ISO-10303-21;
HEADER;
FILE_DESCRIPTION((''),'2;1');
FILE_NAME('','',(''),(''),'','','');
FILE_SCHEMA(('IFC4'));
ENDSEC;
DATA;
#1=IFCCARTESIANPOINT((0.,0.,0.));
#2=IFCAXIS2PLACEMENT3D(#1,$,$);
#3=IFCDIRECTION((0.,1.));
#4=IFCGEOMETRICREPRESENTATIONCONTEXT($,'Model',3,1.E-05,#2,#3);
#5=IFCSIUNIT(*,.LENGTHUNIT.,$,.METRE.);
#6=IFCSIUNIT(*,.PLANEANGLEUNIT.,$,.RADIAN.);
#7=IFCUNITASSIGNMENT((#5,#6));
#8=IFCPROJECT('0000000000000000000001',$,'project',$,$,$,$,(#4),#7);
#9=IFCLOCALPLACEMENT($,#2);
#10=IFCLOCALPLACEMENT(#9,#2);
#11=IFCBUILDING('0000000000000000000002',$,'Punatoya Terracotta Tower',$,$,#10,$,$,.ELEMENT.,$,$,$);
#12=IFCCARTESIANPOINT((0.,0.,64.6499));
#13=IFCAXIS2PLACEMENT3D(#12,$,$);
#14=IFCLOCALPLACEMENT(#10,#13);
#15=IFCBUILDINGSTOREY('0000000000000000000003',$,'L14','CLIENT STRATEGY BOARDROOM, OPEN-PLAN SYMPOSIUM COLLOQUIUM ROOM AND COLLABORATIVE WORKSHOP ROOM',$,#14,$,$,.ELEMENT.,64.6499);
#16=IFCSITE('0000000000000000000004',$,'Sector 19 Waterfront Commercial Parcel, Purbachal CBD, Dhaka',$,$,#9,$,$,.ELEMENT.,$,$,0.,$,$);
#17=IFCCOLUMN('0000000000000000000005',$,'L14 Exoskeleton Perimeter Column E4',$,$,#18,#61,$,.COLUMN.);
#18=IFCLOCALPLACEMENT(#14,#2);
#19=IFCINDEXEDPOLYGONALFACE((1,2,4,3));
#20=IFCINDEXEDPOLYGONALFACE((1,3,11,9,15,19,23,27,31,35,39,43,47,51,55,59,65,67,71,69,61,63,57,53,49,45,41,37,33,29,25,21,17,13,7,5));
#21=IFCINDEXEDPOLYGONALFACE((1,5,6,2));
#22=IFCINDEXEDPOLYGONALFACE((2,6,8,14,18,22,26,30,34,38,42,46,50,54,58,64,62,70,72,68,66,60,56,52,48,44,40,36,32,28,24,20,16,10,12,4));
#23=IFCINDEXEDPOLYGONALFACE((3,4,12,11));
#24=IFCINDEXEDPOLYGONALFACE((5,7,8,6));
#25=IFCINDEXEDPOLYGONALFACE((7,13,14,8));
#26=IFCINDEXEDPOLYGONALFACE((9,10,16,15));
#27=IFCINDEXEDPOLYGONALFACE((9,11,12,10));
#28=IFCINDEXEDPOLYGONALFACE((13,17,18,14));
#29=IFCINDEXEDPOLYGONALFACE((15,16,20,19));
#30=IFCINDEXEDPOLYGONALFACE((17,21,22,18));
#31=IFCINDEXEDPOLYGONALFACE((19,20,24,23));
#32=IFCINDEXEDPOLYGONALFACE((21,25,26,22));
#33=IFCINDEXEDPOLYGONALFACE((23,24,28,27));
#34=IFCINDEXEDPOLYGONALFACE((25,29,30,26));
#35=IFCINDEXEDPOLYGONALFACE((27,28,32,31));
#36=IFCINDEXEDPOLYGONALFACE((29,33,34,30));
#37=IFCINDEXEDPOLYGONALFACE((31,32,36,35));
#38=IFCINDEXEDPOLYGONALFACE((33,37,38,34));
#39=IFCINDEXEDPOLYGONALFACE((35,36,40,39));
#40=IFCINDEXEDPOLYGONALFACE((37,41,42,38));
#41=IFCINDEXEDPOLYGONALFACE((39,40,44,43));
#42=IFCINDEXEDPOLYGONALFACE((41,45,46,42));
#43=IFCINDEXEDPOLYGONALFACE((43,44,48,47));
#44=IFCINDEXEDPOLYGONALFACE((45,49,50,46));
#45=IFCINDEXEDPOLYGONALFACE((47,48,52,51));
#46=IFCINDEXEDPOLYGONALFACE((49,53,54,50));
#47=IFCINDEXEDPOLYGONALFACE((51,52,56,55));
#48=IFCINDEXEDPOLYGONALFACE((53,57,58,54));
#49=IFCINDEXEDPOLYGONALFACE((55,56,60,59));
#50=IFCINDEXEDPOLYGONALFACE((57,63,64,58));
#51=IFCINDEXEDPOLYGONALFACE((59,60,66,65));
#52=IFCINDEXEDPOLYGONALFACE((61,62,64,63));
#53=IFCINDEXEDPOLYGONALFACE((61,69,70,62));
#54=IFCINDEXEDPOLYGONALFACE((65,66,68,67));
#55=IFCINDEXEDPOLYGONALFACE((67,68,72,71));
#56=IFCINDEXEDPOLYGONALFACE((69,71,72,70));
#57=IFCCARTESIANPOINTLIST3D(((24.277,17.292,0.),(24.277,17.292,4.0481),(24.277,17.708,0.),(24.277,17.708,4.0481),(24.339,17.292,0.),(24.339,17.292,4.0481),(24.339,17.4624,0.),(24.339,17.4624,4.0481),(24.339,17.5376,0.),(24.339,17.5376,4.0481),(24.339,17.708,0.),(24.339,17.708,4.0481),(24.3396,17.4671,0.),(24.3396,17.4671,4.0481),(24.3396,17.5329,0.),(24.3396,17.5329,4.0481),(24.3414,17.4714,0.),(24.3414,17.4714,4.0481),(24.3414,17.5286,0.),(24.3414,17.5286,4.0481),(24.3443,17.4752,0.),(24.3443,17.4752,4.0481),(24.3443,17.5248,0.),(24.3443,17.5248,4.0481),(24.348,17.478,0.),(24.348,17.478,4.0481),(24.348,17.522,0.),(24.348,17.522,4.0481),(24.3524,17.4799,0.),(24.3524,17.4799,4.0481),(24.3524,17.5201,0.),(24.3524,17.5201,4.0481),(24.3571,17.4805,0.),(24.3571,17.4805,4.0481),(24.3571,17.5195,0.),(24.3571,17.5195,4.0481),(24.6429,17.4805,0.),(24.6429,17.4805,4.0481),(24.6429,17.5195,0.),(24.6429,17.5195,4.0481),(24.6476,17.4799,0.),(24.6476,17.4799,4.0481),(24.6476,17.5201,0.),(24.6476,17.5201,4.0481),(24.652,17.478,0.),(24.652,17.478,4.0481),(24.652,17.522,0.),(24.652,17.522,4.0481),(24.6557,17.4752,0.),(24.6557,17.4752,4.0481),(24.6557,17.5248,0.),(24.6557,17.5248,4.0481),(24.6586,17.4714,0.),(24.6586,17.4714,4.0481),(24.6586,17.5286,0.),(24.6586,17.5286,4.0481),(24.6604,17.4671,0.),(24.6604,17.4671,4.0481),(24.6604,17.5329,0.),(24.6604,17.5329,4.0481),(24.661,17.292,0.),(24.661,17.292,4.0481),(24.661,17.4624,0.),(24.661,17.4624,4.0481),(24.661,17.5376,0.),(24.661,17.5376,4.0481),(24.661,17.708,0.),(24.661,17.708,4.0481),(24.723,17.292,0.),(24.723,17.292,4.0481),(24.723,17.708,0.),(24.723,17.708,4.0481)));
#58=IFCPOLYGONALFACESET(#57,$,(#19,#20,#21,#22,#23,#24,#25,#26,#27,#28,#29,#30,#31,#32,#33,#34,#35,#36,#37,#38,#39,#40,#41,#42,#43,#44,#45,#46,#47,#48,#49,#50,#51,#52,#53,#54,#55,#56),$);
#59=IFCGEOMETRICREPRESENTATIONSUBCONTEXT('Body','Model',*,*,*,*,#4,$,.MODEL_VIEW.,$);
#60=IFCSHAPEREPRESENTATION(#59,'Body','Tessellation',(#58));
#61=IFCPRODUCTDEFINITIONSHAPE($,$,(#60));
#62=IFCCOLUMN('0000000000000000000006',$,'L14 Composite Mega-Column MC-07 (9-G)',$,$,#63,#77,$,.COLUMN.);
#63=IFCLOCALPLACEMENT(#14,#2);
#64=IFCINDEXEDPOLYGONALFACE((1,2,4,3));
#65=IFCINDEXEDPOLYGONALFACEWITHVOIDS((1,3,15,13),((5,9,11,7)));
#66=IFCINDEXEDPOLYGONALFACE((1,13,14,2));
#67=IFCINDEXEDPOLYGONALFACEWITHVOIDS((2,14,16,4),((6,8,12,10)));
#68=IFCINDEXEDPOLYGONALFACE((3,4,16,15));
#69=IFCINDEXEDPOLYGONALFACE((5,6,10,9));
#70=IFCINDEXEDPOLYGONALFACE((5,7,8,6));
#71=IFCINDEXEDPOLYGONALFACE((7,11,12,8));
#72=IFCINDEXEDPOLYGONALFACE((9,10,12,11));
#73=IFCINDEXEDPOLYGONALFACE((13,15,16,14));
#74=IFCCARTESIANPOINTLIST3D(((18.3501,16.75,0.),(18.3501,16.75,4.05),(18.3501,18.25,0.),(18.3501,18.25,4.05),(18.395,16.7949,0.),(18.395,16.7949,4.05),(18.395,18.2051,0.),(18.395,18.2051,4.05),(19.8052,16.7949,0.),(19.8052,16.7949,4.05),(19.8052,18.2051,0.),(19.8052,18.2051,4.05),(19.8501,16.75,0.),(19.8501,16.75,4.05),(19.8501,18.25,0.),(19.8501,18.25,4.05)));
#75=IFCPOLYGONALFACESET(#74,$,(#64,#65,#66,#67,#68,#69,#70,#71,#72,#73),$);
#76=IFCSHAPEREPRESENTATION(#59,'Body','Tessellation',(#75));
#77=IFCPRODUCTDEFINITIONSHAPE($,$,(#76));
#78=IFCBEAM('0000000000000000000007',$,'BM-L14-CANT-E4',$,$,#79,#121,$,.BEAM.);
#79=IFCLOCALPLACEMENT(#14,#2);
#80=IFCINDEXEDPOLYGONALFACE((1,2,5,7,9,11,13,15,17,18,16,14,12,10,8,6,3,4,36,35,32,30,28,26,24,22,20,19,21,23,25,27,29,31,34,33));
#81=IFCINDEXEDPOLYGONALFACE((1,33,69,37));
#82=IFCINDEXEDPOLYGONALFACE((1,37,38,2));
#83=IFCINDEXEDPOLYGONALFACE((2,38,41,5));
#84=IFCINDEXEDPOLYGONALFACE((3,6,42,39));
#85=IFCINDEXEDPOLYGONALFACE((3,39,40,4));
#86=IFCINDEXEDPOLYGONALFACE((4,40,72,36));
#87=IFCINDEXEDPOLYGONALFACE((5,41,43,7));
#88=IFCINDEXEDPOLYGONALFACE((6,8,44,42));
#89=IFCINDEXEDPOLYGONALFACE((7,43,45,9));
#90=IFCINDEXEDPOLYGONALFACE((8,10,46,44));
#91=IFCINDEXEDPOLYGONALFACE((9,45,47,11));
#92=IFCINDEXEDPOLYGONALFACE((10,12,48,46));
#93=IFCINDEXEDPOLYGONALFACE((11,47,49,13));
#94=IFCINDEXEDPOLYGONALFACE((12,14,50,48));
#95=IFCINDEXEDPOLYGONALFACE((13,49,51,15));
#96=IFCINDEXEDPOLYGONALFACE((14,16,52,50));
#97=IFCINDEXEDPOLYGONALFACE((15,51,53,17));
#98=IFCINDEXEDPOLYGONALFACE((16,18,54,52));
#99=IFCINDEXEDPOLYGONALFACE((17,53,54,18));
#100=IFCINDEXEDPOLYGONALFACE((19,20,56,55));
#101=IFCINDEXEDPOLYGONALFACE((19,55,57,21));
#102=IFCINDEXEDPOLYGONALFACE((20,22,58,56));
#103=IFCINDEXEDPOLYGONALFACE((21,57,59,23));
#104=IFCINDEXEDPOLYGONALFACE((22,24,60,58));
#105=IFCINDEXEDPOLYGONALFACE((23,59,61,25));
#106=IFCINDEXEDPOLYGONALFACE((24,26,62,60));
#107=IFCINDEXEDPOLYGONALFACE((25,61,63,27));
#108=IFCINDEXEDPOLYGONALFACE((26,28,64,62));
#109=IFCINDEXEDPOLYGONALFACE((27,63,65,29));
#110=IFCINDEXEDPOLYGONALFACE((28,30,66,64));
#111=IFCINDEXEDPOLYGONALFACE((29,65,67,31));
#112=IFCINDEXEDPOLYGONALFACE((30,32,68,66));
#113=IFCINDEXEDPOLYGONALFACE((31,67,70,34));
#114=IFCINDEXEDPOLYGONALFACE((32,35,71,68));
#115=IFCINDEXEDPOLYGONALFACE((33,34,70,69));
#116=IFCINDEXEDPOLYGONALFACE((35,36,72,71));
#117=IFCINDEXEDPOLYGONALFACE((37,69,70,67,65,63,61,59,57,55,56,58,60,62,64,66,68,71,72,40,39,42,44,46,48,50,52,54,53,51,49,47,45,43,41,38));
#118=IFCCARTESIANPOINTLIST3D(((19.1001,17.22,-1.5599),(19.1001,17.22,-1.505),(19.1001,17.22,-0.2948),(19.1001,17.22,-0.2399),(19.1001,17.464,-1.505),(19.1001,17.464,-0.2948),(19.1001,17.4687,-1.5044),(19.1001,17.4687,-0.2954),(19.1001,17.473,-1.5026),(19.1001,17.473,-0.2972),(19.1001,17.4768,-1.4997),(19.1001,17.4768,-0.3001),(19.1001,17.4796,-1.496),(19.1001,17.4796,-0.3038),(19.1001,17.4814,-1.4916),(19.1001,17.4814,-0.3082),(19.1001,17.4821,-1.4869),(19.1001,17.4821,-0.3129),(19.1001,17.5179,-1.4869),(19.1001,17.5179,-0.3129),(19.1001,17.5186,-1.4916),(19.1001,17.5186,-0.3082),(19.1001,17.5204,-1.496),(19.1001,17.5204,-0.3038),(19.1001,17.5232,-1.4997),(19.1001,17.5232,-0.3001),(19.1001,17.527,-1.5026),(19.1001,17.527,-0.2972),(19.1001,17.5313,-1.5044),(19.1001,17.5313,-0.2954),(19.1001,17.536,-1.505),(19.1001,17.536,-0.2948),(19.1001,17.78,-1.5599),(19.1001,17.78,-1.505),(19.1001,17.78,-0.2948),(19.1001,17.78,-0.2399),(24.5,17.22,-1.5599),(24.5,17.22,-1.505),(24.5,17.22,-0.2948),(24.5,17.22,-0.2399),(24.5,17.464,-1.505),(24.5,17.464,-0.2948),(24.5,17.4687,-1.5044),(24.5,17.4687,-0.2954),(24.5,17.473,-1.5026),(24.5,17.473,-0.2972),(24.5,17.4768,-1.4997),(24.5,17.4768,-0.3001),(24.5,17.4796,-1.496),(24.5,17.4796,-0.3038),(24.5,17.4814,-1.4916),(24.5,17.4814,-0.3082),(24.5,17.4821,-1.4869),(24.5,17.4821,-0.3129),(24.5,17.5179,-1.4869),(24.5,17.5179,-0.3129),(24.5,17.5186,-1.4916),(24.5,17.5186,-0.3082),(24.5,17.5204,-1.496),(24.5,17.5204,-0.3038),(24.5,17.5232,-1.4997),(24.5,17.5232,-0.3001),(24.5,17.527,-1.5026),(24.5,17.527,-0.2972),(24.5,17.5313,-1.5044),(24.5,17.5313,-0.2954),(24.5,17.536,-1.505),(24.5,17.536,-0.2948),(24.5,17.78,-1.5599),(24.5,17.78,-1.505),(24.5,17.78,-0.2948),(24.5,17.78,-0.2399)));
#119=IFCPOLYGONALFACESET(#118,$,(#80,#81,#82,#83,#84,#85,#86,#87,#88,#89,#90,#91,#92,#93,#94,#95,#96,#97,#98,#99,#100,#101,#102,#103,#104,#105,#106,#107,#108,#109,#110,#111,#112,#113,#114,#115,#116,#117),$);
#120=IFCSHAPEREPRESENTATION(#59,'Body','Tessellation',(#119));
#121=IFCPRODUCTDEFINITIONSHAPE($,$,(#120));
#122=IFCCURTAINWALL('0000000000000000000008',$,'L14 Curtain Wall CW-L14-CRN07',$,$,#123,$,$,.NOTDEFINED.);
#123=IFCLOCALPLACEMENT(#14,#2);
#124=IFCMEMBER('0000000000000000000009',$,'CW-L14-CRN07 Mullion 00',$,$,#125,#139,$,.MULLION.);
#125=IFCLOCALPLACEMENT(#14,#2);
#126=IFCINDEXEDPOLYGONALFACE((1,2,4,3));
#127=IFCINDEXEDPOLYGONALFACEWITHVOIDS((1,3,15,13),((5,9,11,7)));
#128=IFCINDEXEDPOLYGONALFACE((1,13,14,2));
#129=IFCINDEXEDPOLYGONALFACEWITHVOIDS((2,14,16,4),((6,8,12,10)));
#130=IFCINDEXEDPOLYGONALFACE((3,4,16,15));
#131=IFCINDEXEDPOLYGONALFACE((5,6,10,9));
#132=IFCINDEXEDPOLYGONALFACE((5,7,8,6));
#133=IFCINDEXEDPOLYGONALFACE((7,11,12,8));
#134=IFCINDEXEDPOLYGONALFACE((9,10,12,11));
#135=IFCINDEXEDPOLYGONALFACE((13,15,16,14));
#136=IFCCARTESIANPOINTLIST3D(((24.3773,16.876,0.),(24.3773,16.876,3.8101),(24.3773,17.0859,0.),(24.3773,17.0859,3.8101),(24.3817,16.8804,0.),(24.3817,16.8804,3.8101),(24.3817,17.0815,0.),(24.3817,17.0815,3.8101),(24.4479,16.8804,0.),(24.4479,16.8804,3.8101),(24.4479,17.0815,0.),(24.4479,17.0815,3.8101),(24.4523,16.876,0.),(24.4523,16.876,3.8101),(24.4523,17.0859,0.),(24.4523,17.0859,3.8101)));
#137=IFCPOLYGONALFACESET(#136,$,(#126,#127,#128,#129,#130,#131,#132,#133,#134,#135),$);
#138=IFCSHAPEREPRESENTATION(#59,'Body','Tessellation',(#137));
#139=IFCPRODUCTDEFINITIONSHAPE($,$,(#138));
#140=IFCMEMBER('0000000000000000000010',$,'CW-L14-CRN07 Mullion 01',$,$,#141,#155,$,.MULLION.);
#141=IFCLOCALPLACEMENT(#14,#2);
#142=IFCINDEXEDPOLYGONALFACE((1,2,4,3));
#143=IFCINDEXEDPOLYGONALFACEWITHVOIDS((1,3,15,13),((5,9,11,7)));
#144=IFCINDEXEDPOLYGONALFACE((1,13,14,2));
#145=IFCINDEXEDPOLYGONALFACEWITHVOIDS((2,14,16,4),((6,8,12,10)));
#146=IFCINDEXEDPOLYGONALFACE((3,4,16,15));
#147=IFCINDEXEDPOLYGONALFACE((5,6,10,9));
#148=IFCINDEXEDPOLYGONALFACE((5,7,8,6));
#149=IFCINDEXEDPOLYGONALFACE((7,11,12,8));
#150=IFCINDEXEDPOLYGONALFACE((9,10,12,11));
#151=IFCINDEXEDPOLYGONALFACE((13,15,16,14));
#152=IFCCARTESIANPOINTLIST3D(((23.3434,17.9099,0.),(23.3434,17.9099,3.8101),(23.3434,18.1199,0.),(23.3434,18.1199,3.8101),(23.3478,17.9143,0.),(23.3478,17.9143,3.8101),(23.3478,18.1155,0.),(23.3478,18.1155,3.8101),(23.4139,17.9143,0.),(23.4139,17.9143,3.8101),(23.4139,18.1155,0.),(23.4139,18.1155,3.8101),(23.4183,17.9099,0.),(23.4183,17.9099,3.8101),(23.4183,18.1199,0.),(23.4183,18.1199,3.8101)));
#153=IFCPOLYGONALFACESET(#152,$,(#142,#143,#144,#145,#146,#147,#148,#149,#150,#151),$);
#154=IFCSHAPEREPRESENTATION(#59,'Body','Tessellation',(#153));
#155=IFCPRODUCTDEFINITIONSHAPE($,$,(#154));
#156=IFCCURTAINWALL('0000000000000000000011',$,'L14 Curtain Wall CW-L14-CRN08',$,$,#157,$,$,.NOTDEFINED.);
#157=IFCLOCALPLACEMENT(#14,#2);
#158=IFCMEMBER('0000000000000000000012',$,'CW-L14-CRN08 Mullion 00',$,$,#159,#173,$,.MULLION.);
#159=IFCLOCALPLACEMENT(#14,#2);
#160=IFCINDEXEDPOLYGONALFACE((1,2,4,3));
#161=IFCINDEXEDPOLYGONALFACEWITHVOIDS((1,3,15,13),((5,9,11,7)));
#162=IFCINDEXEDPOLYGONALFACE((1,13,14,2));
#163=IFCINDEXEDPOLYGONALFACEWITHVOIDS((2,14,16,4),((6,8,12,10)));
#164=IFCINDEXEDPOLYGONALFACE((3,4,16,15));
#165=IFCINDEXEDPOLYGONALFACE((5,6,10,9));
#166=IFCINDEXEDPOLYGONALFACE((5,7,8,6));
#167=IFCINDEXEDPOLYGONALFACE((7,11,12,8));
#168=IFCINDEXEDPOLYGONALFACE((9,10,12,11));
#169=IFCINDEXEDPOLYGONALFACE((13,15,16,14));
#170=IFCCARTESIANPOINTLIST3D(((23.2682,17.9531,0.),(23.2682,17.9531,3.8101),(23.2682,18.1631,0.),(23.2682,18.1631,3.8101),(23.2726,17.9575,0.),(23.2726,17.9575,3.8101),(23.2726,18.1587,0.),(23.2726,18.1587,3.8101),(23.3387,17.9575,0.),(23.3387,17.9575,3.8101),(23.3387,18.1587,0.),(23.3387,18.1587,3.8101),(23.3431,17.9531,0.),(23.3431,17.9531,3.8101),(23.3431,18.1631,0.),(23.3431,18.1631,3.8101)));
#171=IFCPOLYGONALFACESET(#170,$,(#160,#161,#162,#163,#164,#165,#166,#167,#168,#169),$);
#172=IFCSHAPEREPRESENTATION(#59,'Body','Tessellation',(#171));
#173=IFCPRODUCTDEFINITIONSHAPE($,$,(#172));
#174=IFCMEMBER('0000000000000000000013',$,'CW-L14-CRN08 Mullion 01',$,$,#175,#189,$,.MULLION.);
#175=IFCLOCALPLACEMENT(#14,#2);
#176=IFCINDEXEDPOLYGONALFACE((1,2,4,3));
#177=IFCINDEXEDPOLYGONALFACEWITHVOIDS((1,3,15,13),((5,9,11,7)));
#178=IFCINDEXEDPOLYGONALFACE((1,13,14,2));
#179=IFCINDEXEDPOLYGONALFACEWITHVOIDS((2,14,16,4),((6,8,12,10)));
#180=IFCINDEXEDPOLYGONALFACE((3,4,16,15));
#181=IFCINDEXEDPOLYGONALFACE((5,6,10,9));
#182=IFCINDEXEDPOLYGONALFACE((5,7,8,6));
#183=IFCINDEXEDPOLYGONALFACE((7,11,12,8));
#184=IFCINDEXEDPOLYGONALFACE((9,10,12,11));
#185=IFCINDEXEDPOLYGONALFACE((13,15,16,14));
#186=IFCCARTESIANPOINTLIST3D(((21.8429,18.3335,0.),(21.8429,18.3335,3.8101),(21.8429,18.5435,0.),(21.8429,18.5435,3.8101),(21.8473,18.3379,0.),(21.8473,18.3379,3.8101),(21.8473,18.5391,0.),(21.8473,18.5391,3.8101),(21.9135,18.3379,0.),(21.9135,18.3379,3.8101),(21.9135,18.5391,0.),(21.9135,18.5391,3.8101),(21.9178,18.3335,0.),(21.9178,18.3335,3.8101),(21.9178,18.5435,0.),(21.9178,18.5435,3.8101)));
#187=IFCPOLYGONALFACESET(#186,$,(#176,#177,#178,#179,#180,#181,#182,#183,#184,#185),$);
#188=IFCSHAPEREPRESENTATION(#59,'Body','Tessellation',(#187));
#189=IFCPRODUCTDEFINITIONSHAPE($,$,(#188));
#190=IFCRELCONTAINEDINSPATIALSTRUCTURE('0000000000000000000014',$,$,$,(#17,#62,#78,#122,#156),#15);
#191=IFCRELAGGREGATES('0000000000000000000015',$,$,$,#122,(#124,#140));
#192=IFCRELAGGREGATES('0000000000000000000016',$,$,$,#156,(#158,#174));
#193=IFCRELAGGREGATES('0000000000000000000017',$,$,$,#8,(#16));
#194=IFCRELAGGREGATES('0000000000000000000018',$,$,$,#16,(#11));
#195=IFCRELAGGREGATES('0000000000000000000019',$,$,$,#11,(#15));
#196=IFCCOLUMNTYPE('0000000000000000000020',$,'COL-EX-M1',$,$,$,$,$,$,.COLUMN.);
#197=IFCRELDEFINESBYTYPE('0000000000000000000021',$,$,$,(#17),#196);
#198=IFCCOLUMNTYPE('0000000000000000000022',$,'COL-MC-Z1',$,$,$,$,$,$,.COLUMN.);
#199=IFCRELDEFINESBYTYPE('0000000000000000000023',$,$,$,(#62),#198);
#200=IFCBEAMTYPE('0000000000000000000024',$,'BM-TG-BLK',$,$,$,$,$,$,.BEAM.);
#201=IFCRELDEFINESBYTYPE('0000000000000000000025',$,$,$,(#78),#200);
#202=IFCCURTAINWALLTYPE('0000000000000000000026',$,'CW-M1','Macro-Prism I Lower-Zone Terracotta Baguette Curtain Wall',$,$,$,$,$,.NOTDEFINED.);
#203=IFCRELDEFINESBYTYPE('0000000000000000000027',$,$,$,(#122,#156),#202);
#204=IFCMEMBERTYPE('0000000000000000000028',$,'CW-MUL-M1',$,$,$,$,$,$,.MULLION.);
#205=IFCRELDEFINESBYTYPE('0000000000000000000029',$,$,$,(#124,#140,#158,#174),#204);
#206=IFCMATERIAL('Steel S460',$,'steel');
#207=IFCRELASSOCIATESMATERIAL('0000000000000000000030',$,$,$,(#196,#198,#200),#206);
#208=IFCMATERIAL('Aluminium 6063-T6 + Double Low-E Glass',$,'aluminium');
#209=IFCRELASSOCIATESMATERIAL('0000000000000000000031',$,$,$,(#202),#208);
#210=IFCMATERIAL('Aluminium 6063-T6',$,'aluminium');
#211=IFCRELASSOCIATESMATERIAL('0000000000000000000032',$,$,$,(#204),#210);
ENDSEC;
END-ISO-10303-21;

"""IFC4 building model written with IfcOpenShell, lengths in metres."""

from ifc_helpers import new_model, si_unit, direction, frame, origin, origin_2d, place, context, subcontext, project, spatial, hollow_rectangle, i_section, extrude, material, material_profile, profile_set, type_object, element, aggregate, save


model = new_model("IFC4")

# Units and contexts
model_context = context("Model", 3, precision=1e-05, world=origin(), true_north=direction((0.0, 1.0)))
body_context = subcontext(model_context, "Body", "Model", "MODEL_VIEW")
ifc_project = project(units=[si_unit("LENGTHUNIT", "METRE"), si_unit("PLANEANGLEUNIT", "RADIAN")], contexts=[model_context])

# Site, building, storey
site_placement = place(None, origin())
site = spatial("IfcSite", under=ifc_project, at=site_placement, Name="Sector 19 Waterfront Commercial Parcel, Purbachal CBD, Dhaka", CompositionType="ELEMENT", RefElevation=0.0)
building_placement = place(site_placement, origin())
building = spatial("IfcBuilding", under=site, at=building_placement, Name="Punatoya Terracotta Tower", CompositionType="ELEMENT")
storey_placement = place(building_placement, frame((0.0, 0.0, 64.6499)))
storey = spatial("IfcBuildingStorey", under=building, at=storey_placement, Name="L14", Description="CLIENT STRATEGY BOARDROOM, OPEN-PLAN SYMPOSIUM COLLOQUIUM ROOM AND COLLABORATIVE WORKSHOP ROOM", CompositionType="ELEMENT", Elevation=64.6499)

# Columns
ifc_material_1 = material(Name="Steel S460", Category="steel")
ifc_material_profile_1 = material_profile(ifc_material_1, i_section(OverallWidth=0.416, OverallDepth=0.446, WebThickness=0.0391, FlangeThickness=0.062, FilletRadius=0.0181, at=origin_2d()))
ifc_profile_set_1 = profile_set([ifc_material_profile_1], Name="Steel S460")
column_type_1 = type_object("IfcColumnType", Name="COL-EX-M1", PredefinedType="COLUMN", material=ifc_profile_set_1)
column_1_placement = place(storey_placement, frame((24.5, 17.5, 0.0), z_axis=(0.0, 0.0, 1.0), x_axis=(0.0, 1.0, 0.0)))
element("IfcColumn", 1, at=column_1_placement, inside=storey, type_object=column_type_1, Name="L14 Exoskeleton Perimeter Column E4", PredefinedType="COLUMN", context=body_context, shape_type="SweptSolid", body=[
    extrude(i_section(OverallWidth=0.416, OverallDepth=0.446, WebThickness=0.0391, FlangeThickness=0.062, FilletRadius=0.0181, at=origin_2d()), origin(), (0.0, 0.0, 1.0), 4.0481),
])
ifc_material_profile_2 = material_profile(ifc_material_1, hollow_rectangle(XDim=1.5, YDim=1.5, WallThickness=0.0449, at=origin_2d()))
ifc_profile_set_2 = profile_set([ifc_material_profile_2], Name="Steel S460")
column_type_2 = type_object("IfcColumnType", Name="COL-MC-Z1", PredefinedType="COLUMN", material=ifc_profile_set_2)
column_2_placement = place(storey_placement, frame((19.1001, 17.5, 0.0), z_axis=(0.0, 0.0, 1.0), x_axis=(1.0, 0.0, 0.0)))
element("IfcColumn", 2, at=column_2_placement, inside=storey, type_object=column_type_2, Name="L14 Composite Mega-Column MC-07 (9-G)", PredefinedType="COLUMN", context=body_context, shape_type="SweptSolid", body=[
    extrude(hollow_rectangle(XDim=1.5, YDim=1.5, WallThickness=0.0449, at=origin_2d()), origin(), (0.0, 0.0, 1.0), 4.05),
])

# Beam
ifc_material_profile_3 = material_profile(ifc_material_1, i_section(OverallWidth=0.5601, OverallDepth=1.3201, WebThickness=0.0359, FlangeThickness=0.0549, FilletRadius=0.0181, at=origin_2d()))
ifc_profile_set_3 = profile_set([ifc_material_profile_3], Name="Steel S460")
beam_type = type_object("IfcBeamType", Name="BM-TG-BLK", PredefinedType="BEAM", material=ifc_profile_set_3)
beam_placement = place(storey_placement, frame((19.1001, 17.5, -0.8999), z_axis=(1.0, 0.0, 0.0), x_axis=(0.0, 1.0, 0.0)))
element("IfcBeam", 3, at=beam_placement, inside=storey, type_object=beam_type, Name="BM-L14-CANT-E4", PredefinedType="BEAM", context=body_context, shape_type="SweptSolid", body=[
    extrude(i_section(OverallWidth=0.5601, OverallDepth=1.3201, WebThickness=0.0359, FlangeThickness=0.0549, FilletRadius=0.0181, at=origin_2d()), origin(), (0.0, 0.0, 1.0), 5.3999),
])

# Curtain walls, members
ifc_material_2 = material(Name="Aluminium 6063-T6 + Double Low-E Glass", Category="aluminium")
curtain_wall_type = type_object("IfcCurtainWallType", Name="CW-M1", Description="Macro-Prism I Lower-Zone Terracotta Baguette Curtain Wall", PredefinedType="NOTDEFINED", material=ifc_material_2)
curtain_wall_1_placement = place(storey_placement, origin())
curtain_wall_1 = element("IfcCurtainWall", 4, at=curtain_wall_1_placement, inside=storey, type_object=curtain_wall_type, Name="L14 Curtain Wall CW-L14-CRN07", PredefinedType="NOTDEFINED")
ifc_material_3 = material(Name="Aluminium 6063-T6", Category="aluminium")
ifc_material_profile_4 = material_profile(ifc_material_3, hollow_rectangle(XDim=0.075, YDim=0.21, WallThickness=0.0044, at=origin_2d()))
ifc_profile_set_4 = profile_set([ifc_material_profile_4], Name="Aluminium 6063-T6")
member_type_1 = type_object("IfcMemberType", Name="CW-MUL-M1", PredefinedType="MULLION", material=ifc_profile_set_4)
member_1_placement = place(storey_placement, frame((24.4148, 16.981, 0.0), z_axis=(0.0, 0.0, 1.0), x_axis=(1.0, 0.0, 0.0)))
member_1 = element("IfcMember", 5, at=member_1_placement, type_object=member_type_1, Name="CW-L14-CRN07 Mullion 00", PredefinedType="MULLION", context=body_context, shape_type="SweptSolid", body=[
    extrude(hollow_rectangle(XDim=0.075, YDim=0.21, WallThickness=0.0044, at=origin_2d()), origin(), (0.0, 0.0, 1.0), 3.8101),
])
member_2_placement = place(storey_placement, frame((23.3809, 18.0149, 0.0), z_axis=(0.0, 0.0, 1.0), x_axis=(1.0, 0.0, 0.0)))
member_2 = element("IfcMember", 6, at=member_2_placement, type_object=member_type_1, Name="CW-L14-CRN07 Mullion 01", PredefinedType="MULLION", context=body_context, shape_type="SweptSolid", body=[
    extrude(hollow_rectangle(XDim=0.075, YDim=0.21, WallThickness=0.0044, at=origin_2d()), origin(), (0.0, 0.0, 1.0), 3.8101),
])
curtain_wall_2_placement = place(storey_placement, origin())
curtain_wall_2 = element("IfcCurtainWall", 7, at=curtain_wall_2_placement, inside=storey, type_object=curtain_wall_type, Name="L14 Curtain Wall CW-L14-CRN08", PredefinedType="NOTDEFINED")
member_3_placement = place(storey_placement, frame((23.3057, 18.0581, 0.0), z_axis=(0.0, 0.0, 1.0), x_axis=(1.0, 0.0, 0.0)))
member_3 = element("IfcMember", 8, at=member_3_placement, type_object=member_type_1, Name="CW-L14-CRN08 Mullion 00", PredefinedType="MULLION", context=body_context, shape_type="SweptSolid", body=[
    extrude(hollow_rectangle(XDim=0.075, YDim=0.21, WallThickness=0.0044, at=origin_2d()), origin(), (0.0, 0.0, 1.0), 3.8101),
])
member_4_placement = place(storey_placement, frame((21.8804, 18.4385, 0.0), z_axis=(0.0, 0.0, 1.0), x_axis=(1.0, 0.0, 0.0)))
member_4 = element("IfcMember", 9, at=member_4_placement, type_object=member_type_1, Name="CW-L14-CRN08 Mullion 01", PredefinedType="MULLION", context=body_context, shape_type="SweptSolid", body=[
    extrude(hollow_rectangle(XDim=0.075, YDim=0.21, WallThickness=0.0044, at=origin_2d()), origin(), (0.0, 0.0, 1.0), 3.8101),
])

aggregate(curtain_wall_1, [member_1, member_2])
aggregate(curtain_wall_2, [member_3, member_4])

save(model, "model.ifc")
